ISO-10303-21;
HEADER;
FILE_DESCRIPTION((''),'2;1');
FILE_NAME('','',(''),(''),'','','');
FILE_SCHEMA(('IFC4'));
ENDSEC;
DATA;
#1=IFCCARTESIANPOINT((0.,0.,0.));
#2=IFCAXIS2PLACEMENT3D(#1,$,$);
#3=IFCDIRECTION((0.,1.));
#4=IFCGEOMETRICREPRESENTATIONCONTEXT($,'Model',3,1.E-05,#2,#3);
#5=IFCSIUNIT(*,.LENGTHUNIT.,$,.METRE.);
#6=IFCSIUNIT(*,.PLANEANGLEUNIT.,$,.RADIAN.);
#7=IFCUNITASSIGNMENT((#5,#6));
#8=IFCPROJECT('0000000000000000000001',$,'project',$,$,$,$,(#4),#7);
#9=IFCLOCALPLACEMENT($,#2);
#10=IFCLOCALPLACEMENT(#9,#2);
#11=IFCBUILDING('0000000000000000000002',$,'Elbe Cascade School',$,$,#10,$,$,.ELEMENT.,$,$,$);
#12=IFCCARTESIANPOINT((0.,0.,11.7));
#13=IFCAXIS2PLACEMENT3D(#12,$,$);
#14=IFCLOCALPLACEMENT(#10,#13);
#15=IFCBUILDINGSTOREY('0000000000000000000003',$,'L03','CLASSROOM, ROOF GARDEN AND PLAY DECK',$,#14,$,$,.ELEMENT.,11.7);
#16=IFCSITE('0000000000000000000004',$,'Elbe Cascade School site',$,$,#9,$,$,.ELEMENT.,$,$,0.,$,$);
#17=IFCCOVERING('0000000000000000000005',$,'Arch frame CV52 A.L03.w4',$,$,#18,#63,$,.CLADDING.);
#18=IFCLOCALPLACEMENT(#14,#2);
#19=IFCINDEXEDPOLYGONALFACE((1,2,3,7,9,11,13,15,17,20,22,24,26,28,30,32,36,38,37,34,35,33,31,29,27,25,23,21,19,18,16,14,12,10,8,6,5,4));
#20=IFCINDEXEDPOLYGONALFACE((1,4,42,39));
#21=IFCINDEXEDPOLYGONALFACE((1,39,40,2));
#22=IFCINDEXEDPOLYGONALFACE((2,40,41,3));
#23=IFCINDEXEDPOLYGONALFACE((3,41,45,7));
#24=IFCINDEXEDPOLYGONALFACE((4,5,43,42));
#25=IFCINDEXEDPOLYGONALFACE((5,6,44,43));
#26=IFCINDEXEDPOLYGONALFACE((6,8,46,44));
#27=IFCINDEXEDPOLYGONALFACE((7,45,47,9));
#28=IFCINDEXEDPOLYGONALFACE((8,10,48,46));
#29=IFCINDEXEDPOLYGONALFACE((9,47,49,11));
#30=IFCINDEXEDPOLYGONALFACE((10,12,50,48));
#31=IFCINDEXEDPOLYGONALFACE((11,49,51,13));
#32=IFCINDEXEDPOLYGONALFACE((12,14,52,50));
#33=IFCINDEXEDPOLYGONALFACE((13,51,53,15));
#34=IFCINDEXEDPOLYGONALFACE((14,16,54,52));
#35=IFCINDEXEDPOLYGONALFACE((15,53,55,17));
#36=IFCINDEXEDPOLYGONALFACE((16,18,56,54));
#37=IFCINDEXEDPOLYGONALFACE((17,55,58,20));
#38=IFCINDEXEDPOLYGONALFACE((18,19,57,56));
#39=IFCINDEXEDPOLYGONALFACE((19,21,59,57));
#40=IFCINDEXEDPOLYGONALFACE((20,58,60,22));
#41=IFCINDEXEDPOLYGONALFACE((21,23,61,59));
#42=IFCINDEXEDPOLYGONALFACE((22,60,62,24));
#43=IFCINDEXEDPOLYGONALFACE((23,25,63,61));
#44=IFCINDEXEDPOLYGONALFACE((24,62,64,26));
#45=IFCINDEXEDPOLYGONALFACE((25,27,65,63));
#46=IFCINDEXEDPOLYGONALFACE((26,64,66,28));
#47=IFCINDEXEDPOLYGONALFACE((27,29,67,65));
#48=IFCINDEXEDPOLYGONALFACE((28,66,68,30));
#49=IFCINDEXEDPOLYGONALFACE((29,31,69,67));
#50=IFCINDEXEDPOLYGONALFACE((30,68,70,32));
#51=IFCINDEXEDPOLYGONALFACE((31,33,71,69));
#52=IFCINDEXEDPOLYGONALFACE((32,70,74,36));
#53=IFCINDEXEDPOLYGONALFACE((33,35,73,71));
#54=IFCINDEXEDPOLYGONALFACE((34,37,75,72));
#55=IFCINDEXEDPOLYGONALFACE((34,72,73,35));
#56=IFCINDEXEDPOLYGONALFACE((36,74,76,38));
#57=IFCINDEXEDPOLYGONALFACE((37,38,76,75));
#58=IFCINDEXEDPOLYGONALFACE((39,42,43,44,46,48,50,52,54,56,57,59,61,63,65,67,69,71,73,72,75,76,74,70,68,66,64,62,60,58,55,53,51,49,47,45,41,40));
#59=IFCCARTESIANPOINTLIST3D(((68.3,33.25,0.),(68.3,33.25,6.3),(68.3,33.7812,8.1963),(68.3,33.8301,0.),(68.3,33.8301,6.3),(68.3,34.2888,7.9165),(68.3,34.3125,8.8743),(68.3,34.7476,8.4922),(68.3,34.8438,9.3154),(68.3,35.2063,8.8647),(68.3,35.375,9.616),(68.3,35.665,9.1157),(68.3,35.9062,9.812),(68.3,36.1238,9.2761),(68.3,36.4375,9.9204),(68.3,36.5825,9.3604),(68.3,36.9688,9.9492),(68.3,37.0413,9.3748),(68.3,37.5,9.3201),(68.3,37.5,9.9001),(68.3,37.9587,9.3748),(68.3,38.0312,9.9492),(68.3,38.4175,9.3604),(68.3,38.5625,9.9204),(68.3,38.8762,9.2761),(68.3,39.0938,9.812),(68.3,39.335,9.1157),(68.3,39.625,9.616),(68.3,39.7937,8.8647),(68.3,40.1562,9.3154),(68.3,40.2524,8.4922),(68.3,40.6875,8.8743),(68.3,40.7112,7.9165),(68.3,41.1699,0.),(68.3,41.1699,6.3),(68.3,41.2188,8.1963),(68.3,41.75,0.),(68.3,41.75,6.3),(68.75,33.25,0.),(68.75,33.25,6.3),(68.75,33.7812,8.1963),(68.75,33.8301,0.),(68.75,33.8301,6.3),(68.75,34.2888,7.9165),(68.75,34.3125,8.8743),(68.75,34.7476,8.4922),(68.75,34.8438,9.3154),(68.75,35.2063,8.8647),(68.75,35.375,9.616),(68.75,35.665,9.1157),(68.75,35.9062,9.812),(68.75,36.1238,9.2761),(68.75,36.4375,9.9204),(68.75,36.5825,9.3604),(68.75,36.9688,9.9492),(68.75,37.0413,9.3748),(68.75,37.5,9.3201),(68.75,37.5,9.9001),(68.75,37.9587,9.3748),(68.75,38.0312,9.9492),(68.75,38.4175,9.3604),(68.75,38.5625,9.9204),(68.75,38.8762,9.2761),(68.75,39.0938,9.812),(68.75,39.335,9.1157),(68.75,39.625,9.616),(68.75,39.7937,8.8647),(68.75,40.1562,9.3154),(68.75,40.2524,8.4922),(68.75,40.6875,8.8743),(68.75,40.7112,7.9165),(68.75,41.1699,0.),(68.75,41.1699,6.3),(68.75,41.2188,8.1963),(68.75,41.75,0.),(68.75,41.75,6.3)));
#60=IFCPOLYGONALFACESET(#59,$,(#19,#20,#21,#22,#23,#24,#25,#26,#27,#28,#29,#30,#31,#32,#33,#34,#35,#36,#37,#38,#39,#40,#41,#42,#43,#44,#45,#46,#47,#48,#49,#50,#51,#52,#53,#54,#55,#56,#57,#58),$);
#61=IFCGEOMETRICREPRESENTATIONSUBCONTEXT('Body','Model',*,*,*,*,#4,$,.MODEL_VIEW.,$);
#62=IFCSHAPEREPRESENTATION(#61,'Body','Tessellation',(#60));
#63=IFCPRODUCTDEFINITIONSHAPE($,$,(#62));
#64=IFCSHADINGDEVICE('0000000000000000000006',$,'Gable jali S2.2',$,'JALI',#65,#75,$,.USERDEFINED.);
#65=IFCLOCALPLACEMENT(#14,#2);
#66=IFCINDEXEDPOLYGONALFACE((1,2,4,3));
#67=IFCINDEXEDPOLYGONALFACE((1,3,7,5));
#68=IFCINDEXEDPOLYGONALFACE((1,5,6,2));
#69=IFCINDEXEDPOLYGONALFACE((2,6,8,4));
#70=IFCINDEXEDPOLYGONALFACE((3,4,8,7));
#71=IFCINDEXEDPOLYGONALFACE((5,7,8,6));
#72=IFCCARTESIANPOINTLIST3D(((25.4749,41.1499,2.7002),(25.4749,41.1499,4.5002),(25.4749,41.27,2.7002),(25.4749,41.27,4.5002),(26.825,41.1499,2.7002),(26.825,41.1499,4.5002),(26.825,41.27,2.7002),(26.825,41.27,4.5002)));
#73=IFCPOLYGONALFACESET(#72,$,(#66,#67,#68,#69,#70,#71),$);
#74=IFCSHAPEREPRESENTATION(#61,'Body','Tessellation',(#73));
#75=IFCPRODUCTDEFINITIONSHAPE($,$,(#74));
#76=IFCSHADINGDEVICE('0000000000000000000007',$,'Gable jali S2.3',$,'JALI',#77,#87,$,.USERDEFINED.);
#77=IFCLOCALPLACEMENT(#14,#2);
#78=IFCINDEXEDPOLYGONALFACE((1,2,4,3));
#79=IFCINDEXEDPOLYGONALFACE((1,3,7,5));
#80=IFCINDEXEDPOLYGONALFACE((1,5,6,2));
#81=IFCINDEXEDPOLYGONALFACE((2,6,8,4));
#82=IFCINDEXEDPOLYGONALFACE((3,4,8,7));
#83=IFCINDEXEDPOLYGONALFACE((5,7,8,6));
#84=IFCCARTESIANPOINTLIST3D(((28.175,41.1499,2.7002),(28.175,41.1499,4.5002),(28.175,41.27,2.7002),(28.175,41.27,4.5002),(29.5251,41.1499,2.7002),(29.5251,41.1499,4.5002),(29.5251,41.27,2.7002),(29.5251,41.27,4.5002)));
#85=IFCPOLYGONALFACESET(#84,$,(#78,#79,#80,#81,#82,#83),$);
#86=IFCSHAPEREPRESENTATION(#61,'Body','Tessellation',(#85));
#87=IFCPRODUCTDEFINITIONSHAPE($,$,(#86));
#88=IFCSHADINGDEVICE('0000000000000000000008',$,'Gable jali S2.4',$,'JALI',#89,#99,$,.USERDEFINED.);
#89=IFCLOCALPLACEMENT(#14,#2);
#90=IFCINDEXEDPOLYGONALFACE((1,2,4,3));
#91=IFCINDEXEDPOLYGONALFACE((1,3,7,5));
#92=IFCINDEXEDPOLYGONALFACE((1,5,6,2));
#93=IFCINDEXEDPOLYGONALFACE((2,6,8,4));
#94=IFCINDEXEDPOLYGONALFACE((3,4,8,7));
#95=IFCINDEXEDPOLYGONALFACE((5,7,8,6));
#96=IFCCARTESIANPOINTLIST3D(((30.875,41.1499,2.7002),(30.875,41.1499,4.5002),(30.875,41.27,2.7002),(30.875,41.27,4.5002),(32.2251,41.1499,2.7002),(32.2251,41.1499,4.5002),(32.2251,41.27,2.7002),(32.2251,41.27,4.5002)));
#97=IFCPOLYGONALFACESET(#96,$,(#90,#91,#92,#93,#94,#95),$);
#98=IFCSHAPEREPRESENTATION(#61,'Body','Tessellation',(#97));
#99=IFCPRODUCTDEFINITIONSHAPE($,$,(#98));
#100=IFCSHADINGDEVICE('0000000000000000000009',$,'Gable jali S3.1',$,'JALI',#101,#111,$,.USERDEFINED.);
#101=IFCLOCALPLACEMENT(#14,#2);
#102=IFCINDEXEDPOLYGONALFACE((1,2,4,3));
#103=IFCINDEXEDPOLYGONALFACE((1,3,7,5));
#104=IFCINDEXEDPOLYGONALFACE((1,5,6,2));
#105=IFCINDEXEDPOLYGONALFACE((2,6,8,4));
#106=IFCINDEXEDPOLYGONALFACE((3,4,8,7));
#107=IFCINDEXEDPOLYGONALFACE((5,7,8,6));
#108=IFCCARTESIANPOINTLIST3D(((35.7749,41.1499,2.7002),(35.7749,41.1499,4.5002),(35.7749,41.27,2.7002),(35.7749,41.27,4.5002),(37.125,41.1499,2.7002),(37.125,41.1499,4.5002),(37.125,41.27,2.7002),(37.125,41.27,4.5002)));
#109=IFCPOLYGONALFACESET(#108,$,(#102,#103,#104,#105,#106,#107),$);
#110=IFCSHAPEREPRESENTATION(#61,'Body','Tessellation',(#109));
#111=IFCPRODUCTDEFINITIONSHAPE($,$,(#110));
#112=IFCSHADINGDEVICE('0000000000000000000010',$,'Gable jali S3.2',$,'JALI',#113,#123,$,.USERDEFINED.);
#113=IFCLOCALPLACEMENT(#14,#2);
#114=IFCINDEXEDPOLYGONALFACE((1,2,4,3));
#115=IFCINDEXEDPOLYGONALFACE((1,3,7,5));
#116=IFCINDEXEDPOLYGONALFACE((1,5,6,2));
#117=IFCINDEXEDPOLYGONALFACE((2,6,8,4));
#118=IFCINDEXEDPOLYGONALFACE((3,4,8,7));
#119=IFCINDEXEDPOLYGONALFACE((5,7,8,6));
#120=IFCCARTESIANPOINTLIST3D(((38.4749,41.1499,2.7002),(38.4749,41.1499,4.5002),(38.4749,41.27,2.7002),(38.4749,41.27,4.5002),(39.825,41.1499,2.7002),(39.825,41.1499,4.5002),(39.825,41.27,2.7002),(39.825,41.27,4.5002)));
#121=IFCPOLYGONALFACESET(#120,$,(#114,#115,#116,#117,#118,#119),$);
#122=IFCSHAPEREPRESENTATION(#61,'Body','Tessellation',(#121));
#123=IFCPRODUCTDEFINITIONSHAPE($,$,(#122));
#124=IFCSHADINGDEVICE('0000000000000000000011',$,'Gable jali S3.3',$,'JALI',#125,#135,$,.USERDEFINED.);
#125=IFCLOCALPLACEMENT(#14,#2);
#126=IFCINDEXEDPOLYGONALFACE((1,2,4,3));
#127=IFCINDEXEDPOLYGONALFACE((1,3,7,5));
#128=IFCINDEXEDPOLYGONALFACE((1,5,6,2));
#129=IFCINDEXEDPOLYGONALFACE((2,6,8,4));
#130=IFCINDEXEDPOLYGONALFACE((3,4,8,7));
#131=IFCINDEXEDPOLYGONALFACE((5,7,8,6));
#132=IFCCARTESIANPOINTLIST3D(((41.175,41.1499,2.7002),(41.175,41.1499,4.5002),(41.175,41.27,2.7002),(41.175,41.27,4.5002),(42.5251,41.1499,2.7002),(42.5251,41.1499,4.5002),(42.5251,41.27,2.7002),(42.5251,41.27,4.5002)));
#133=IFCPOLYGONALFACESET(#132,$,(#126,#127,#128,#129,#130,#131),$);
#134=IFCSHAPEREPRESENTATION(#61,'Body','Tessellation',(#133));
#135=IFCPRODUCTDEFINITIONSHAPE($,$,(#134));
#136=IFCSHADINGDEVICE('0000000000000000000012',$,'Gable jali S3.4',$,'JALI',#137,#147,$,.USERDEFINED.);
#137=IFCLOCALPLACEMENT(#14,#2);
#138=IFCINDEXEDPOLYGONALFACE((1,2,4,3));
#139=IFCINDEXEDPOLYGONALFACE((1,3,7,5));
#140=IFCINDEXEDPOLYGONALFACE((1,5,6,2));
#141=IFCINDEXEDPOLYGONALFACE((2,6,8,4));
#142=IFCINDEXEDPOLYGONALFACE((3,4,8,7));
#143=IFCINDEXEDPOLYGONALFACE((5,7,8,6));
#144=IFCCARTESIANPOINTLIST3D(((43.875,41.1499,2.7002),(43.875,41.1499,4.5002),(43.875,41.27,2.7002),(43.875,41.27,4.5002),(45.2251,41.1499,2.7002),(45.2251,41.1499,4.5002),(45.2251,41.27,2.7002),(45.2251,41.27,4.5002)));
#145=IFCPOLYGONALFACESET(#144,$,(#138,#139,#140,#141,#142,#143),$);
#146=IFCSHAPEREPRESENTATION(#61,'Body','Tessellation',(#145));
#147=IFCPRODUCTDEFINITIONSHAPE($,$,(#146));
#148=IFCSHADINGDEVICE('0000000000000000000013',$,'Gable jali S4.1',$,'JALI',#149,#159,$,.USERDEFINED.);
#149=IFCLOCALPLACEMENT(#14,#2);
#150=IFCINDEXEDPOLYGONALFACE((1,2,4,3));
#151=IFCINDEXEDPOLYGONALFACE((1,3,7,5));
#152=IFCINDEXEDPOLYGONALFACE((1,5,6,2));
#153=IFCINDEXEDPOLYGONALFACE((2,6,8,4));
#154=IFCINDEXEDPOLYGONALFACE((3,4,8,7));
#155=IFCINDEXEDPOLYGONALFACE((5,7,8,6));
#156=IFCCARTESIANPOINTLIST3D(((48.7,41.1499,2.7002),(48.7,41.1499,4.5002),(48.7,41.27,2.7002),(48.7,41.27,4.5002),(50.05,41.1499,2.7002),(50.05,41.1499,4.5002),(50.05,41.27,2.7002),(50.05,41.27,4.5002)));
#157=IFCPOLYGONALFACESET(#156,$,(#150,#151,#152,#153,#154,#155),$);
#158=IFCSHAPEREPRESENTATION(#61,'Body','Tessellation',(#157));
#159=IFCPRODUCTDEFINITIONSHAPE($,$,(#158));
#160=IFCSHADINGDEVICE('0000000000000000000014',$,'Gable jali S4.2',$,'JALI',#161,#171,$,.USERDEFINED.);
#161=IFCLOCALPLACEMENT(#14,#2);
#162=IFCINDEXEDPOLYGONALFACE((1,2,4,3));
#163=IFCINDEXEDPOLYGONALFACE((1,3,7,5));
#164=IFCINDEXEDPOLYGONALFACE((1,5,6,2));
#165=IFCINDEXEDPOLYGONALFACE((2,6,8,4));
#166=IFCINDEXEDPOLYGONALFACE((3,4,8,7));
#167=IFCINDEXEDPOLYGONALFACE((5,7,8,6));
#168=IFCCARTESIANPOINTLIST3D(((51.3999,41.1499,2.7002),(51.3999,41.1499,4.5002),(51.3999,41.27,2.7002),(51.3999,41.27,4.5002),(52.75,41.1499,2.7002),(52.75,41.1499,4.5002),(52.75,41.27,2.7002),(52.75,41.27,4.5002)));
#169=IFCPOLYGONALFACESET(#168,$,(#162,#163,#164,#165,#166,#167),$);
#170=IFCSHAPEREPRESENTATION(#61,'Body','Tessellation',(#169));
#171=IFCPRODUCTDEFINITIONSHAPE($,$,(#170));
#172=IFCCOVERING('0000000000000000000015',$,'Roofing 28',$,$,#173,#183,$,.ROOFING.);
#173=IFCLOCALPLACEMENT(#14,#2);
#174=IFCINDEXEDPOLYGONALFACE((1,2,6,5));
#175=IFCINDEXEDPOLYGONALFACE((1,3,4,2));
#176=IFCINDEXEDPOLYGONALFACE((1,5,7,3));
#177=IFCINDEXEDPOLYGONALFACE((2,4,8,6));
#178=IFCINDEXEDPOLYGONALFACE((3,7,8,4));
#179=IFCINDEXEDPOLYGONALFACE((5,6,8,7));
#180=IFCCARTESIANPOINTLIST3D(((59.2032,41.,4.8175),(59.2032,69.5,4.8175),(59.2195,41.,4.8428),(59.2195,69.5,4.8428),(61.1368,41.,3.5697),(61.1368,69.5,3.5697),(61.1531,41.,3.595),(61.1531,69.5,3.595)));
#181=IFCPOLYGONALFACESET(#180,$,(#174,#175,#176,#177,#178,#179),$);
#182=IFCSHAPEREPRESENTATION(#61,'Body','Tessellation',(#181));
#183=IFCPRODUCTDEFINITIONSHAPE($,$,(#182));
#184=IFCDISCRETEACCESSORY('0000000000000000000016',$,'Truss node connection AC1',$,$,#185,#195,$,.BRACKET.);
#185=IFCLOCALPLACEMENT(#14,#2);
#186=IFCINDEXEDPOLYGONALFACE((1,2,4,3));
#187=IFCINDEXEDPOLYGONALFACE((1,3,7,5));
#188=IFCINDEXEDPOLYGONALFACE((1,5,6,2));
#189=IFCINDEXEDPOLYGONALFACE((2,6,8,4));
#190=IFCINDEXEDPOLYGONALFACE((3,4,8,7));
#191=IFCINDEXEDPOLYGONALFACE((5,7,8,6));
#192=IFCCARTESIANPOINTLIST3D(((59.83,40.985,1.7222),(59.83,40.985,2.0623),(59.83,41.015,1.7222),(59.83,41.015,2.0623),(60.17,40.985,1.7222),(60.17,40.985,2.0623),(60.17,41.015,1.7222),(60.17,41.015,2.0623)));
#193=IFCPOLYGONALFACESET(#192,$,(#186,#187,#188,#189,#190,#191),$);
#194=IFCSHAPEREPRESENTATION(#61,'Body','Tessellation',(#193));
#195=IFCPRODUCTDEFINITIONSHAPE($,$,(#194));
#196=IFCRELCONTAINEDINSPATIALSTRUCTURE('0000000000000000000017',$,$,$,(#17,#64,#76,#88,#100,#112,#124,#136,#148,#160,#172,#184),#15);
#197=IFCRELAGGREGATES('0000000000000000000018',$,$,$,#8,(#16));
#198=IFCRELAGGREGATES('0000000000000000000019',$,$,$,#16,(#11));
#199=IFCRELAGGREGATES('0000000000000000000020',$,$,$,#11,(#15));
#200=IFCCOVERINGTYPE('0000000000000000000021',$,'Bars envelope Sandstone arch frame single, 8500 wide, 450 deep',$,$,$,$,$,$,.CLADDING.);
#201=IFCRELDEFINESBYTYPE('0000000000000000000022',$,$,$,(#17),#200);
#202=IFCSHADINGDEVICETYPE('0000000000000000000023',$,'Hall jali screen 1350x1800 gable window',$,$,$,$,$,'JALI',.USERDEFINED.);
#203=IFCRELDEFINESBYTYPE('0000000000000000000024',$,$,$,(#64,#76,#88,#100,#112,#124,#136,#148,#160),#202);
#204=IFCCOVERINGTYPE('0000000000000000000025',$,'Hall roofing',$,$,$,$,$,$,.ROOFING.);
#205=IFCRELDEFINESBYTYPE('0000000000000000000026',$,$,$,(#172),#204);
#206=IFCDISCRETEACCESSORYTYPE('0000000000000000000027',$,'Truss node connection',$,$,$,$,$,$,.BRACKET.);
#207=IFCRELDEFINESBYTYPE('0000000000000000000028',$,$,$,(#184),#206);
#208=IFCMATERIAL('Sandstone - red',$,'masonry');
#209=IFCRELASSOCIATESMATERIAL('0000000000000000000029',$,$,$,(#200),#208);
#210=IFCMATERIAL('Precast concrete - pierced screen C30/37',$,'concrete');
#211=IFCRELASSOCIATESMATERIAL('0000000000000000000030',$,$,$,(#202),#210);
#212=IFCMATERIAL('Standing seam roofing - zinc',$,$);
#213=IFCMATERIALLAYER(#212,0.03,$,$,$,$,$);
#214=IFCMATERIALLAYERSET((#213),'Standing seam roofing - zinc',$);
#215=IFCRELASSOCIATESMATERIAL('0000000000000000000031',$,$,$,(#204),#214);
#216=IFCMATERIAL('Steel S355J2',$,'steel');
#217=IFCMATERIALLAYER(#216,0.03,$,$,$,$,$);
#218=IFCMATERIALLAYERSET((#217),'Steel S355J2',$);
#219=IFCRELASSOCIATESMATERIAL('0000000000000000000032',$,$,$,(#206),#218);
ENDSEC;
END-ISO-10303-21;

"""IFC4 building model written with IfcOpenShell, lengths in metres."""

from ifc_helpers import new_model, si_unit, direction, frame, origin, origin_2d, place, context, subcontext, project, spatial, polyline, rectangle, outline, extrude, material, layer, layer_set, type_object, element, save


model = new_model("IFC4")

# Units and contexts
model_context = context("Model", 3, precision=1e-05, world=origin(), true_north=direction((0.0, 1.0)))
body_context = subcontext(model_context, "Body", "Model", "MODEL_VIEW")
ifc_project = project(units=[si_unit("LENGTHUNIT", "METRE"), si_unit("PLANEANGLEUNIT", "RADIAN")], contexts=[model_context])

# Site, building, storey
site_placement = place(None, origin())
site = spatial("IfcSite", under=ifc_project, at=site_placement, Name="Elbe Cascade School site", CompositionType="ELEMENT", RefElevation=0.0)
building_placement = place(site_placement, origin())
building = spatial("IfcBuilding", under=site, at=building_placement, Name="Elbe Cascade School", CompositionType="ELEMENT")
storey_placement = place(building_placement, frame((0.0, 0.0, 11.7)))
storey = spatial("IfcBuildingStorey", under=building, at=storey_placement, Name="L03", Description="CLASSROOM, ROOF GARDEN AND PLAY DECK", CompositionType="ELEMENT", Elevation=11.7)

# Covering
ifc_material_1 = material(Name="Sandstone - red", Category="masonry")
covering_type_1 = type_object("IfcCoveringType", Name="Bars envelope Sandstone arch frame single, 8500 wide, 450 deep", PredefinedType="CLADDING", material=ifc_material_1)
for number, where, z_axis, x_axis, name in (
    (1, (68.3, 33.25, 0.0), (-1.0, 0.0, 0.0), (0.0, 0.0, 1.0), "Arch frame CV52 A.L03.w4"),
):
    element("IfcCovering", number, at=place(storey_placement, frame(where, z_axis=z_axis, x_axis=x_axis)), inside=storey, type_object=covering_type_1, Name=name, PredefinedType="CLADDING", context=body_context, shape_type="SweptSolid", body=[
        extrude(outline(polyline([(0.0, 0.0), (6.3, 0.0), (8.1963, 0.5312), (8.8743, 1.0625), (9.3154, 1.5938), (9.616, 2.125), (9.812, 2.6562), (9.9204, 3.1875), (9.9492, 3.7188), (9.9001, 4.25), (9.9492, 4.7812), (9.9204, 5.3125), (9.812, 5.8438), (9.616, 6.375), (9.3154, 6.9062), (8.8743, 7.4375), (8.1963, 7.9688), (6.3, 8.5), (0.0, 8.5), (0.0, 7.9199), (6.3, 7.9199), (7.9165, 7.4612), (8.4922, 7.0024), (8.8647, 6.5437), (9.1157, 6.085), (9.2761, 5.6262), (9.3604, 5.1675), (9.3748, 4.7087), (9.3201, 4.25), (9.3748, 3.7913), (9.3604, 3.3325), (9.2761, 2.8738), (9.1157, 2.415), (8.8647, 1.9563), (8.4922, 1.4976), (7.9165, 1.0388), (6.3, 0.5801), (0.0, 0.5801), (0.0, 0.0)])), origin(), (0.0, 0.0, -1.0), 0.45),
    ])

# Shading devices
ifc_material_2 = material(Name="Precast concrete - pierced screen C30/37", Category="concrete")
shading_device_type_1 = type_object("IfcShadingDeviceType", Name="Hall jali screen 1350x1800 gable window", ElementType="JALI", PredefinedType="USERDEFINED", material=ifc_material_2)
for number, where, z_axis, x_axis, name in (
    (2, (26.1499, 41.21, 2.7002), (0.0, 0.0, 1.0), (1.0, 0.0, 0.0), "Gable jali S2.2"),
    (3, (28.8501, 41.21, 2.7002), (0.0, 0.0, 1.0), (1.0, 0.0, 0.0), "Gable jali S2.3"),
    (4, (31.55, 41.21, 2.7002), (0.0, 0.0, 1.0), (1.0, 0.0, 0.0), "Gable jali S2.4"),
    (5, (36.45, 41.21, 2.7002), (0.0, 0.0, 1.0), (1.0, 0.0, 0.0), "Gable jali S3.1"),
    (6, (39.1499, 41.21, 2.7002), (0.0, 0.0, 1.0), (1.0, 0.0, 0.0), "Gable jali S3.2"),
    (7, (41.8501, 41.21, 2.7002), (0.0, 0.0, 1.0), (1.0, 0.0, 0.0), "Gable jali S3.3"),
    (8, (44.55, 41.21, 2.7002), (0.0, 0.0, 1.0), (1.0, 0.0, 0.0), "Gable jali S3.4"),
    (9, (49.375, 41.21, 2.7002), (0.0, 0.0, 1.0), (1.0, 0.0, 0.0), "Gable jali S4.1"),
    (10, (52.075, 41.21, 2.7002), (0.0, 0.0, 1.0), (1.0, 0.0, 0.0), "Gable jali S4.2"),
):
    element("IfcShadingDevice", number, at=place(storey_placement, frame(where, z_axis=z_axis, x_axis=x_axis)), inside=storey, type_object=shading_device_type_1, Name=name, ObjectType="JALI", PredefinedType="USERDEFINED", context=body_context, shape_type="SweptSolid", body=[
        extrude(rectangle(XDim=1.3501, YDim=0.1201, at=origin_2d()), origin(), (0.0, 0.0, 1.0), 1.8),
    ])

# Covering
ifc_material_3 = material(Name="Standing seam roofing - zinc")
ifc_layer_1 = layer(ifc_material_3, 0.03)
ifc_layer_set_1 = layer_set([ifc_layer_1], Name="Standing seam roofing - zinc")
covering_type_2 = type_object("IfcCoveringType", Name="Hall roofing", PredefinedType="ROOFING", material=ifc_layer_set_1)
covering_placement = place(storey_placement, frame((59.2195, 41.0, 4.8428), z_axis=(0.542226, 0.0, 0.840233), x_axis=(0.840233, 0.0, -0.542226)))
element("IfcCovering", 11, at=covering_placement, inside=storey, type_object=covering_type_2, Name="Roofing 28", PredefinedType="ROOFING", context=body_context, shape_type="SweptSolid", body=[
    extrude(outline(polyline([(0.0, 0.0), (2.3013, 0.0), (2.3013, 28.5), (0.0, 28.5), (0.0, 0.0)])), origin(), (0.0, 0.0, -1.0), 0.03),
])

# Discrete accessory
ifc_material_4 = material(Name="Steel S355J2", Category="steel")
ifc_layer_2 = layer(ifc_material_4, 0.03)
ifc_layer_set_2 = layer_set([ifc_layer_2], Name="Steel S355J2")
discrete_accessory_type = type_object("IfcDiscreteAccessoryType", Name="Truss node connection", PredefinedType="BRACKET", material=ifc_layer_set_2)
discrete_accessory_placement = place(storey_placement, frame((60.0, 41.0, 1.7222), z_axis=(0.0, 0.0, 1.0), x_axis=(1.0, 0.0, 0.0)))
element("IfcDiscreteAccessory", 12, at=discrete_accessory_placement, inside=storey, type_object=discrete_accessory_type, Name="Truss node connection AC1", PredefinedType="BRACKET", context=body_context, shape_type="SweptSolid", body=[
    extrude(rectangle(XDim=0.3401, YDim=0.03, at=origin_2d()), origin(), (0.0, 0.0, 1.0), 0.3401),
])

save(model, "model.ifc")
